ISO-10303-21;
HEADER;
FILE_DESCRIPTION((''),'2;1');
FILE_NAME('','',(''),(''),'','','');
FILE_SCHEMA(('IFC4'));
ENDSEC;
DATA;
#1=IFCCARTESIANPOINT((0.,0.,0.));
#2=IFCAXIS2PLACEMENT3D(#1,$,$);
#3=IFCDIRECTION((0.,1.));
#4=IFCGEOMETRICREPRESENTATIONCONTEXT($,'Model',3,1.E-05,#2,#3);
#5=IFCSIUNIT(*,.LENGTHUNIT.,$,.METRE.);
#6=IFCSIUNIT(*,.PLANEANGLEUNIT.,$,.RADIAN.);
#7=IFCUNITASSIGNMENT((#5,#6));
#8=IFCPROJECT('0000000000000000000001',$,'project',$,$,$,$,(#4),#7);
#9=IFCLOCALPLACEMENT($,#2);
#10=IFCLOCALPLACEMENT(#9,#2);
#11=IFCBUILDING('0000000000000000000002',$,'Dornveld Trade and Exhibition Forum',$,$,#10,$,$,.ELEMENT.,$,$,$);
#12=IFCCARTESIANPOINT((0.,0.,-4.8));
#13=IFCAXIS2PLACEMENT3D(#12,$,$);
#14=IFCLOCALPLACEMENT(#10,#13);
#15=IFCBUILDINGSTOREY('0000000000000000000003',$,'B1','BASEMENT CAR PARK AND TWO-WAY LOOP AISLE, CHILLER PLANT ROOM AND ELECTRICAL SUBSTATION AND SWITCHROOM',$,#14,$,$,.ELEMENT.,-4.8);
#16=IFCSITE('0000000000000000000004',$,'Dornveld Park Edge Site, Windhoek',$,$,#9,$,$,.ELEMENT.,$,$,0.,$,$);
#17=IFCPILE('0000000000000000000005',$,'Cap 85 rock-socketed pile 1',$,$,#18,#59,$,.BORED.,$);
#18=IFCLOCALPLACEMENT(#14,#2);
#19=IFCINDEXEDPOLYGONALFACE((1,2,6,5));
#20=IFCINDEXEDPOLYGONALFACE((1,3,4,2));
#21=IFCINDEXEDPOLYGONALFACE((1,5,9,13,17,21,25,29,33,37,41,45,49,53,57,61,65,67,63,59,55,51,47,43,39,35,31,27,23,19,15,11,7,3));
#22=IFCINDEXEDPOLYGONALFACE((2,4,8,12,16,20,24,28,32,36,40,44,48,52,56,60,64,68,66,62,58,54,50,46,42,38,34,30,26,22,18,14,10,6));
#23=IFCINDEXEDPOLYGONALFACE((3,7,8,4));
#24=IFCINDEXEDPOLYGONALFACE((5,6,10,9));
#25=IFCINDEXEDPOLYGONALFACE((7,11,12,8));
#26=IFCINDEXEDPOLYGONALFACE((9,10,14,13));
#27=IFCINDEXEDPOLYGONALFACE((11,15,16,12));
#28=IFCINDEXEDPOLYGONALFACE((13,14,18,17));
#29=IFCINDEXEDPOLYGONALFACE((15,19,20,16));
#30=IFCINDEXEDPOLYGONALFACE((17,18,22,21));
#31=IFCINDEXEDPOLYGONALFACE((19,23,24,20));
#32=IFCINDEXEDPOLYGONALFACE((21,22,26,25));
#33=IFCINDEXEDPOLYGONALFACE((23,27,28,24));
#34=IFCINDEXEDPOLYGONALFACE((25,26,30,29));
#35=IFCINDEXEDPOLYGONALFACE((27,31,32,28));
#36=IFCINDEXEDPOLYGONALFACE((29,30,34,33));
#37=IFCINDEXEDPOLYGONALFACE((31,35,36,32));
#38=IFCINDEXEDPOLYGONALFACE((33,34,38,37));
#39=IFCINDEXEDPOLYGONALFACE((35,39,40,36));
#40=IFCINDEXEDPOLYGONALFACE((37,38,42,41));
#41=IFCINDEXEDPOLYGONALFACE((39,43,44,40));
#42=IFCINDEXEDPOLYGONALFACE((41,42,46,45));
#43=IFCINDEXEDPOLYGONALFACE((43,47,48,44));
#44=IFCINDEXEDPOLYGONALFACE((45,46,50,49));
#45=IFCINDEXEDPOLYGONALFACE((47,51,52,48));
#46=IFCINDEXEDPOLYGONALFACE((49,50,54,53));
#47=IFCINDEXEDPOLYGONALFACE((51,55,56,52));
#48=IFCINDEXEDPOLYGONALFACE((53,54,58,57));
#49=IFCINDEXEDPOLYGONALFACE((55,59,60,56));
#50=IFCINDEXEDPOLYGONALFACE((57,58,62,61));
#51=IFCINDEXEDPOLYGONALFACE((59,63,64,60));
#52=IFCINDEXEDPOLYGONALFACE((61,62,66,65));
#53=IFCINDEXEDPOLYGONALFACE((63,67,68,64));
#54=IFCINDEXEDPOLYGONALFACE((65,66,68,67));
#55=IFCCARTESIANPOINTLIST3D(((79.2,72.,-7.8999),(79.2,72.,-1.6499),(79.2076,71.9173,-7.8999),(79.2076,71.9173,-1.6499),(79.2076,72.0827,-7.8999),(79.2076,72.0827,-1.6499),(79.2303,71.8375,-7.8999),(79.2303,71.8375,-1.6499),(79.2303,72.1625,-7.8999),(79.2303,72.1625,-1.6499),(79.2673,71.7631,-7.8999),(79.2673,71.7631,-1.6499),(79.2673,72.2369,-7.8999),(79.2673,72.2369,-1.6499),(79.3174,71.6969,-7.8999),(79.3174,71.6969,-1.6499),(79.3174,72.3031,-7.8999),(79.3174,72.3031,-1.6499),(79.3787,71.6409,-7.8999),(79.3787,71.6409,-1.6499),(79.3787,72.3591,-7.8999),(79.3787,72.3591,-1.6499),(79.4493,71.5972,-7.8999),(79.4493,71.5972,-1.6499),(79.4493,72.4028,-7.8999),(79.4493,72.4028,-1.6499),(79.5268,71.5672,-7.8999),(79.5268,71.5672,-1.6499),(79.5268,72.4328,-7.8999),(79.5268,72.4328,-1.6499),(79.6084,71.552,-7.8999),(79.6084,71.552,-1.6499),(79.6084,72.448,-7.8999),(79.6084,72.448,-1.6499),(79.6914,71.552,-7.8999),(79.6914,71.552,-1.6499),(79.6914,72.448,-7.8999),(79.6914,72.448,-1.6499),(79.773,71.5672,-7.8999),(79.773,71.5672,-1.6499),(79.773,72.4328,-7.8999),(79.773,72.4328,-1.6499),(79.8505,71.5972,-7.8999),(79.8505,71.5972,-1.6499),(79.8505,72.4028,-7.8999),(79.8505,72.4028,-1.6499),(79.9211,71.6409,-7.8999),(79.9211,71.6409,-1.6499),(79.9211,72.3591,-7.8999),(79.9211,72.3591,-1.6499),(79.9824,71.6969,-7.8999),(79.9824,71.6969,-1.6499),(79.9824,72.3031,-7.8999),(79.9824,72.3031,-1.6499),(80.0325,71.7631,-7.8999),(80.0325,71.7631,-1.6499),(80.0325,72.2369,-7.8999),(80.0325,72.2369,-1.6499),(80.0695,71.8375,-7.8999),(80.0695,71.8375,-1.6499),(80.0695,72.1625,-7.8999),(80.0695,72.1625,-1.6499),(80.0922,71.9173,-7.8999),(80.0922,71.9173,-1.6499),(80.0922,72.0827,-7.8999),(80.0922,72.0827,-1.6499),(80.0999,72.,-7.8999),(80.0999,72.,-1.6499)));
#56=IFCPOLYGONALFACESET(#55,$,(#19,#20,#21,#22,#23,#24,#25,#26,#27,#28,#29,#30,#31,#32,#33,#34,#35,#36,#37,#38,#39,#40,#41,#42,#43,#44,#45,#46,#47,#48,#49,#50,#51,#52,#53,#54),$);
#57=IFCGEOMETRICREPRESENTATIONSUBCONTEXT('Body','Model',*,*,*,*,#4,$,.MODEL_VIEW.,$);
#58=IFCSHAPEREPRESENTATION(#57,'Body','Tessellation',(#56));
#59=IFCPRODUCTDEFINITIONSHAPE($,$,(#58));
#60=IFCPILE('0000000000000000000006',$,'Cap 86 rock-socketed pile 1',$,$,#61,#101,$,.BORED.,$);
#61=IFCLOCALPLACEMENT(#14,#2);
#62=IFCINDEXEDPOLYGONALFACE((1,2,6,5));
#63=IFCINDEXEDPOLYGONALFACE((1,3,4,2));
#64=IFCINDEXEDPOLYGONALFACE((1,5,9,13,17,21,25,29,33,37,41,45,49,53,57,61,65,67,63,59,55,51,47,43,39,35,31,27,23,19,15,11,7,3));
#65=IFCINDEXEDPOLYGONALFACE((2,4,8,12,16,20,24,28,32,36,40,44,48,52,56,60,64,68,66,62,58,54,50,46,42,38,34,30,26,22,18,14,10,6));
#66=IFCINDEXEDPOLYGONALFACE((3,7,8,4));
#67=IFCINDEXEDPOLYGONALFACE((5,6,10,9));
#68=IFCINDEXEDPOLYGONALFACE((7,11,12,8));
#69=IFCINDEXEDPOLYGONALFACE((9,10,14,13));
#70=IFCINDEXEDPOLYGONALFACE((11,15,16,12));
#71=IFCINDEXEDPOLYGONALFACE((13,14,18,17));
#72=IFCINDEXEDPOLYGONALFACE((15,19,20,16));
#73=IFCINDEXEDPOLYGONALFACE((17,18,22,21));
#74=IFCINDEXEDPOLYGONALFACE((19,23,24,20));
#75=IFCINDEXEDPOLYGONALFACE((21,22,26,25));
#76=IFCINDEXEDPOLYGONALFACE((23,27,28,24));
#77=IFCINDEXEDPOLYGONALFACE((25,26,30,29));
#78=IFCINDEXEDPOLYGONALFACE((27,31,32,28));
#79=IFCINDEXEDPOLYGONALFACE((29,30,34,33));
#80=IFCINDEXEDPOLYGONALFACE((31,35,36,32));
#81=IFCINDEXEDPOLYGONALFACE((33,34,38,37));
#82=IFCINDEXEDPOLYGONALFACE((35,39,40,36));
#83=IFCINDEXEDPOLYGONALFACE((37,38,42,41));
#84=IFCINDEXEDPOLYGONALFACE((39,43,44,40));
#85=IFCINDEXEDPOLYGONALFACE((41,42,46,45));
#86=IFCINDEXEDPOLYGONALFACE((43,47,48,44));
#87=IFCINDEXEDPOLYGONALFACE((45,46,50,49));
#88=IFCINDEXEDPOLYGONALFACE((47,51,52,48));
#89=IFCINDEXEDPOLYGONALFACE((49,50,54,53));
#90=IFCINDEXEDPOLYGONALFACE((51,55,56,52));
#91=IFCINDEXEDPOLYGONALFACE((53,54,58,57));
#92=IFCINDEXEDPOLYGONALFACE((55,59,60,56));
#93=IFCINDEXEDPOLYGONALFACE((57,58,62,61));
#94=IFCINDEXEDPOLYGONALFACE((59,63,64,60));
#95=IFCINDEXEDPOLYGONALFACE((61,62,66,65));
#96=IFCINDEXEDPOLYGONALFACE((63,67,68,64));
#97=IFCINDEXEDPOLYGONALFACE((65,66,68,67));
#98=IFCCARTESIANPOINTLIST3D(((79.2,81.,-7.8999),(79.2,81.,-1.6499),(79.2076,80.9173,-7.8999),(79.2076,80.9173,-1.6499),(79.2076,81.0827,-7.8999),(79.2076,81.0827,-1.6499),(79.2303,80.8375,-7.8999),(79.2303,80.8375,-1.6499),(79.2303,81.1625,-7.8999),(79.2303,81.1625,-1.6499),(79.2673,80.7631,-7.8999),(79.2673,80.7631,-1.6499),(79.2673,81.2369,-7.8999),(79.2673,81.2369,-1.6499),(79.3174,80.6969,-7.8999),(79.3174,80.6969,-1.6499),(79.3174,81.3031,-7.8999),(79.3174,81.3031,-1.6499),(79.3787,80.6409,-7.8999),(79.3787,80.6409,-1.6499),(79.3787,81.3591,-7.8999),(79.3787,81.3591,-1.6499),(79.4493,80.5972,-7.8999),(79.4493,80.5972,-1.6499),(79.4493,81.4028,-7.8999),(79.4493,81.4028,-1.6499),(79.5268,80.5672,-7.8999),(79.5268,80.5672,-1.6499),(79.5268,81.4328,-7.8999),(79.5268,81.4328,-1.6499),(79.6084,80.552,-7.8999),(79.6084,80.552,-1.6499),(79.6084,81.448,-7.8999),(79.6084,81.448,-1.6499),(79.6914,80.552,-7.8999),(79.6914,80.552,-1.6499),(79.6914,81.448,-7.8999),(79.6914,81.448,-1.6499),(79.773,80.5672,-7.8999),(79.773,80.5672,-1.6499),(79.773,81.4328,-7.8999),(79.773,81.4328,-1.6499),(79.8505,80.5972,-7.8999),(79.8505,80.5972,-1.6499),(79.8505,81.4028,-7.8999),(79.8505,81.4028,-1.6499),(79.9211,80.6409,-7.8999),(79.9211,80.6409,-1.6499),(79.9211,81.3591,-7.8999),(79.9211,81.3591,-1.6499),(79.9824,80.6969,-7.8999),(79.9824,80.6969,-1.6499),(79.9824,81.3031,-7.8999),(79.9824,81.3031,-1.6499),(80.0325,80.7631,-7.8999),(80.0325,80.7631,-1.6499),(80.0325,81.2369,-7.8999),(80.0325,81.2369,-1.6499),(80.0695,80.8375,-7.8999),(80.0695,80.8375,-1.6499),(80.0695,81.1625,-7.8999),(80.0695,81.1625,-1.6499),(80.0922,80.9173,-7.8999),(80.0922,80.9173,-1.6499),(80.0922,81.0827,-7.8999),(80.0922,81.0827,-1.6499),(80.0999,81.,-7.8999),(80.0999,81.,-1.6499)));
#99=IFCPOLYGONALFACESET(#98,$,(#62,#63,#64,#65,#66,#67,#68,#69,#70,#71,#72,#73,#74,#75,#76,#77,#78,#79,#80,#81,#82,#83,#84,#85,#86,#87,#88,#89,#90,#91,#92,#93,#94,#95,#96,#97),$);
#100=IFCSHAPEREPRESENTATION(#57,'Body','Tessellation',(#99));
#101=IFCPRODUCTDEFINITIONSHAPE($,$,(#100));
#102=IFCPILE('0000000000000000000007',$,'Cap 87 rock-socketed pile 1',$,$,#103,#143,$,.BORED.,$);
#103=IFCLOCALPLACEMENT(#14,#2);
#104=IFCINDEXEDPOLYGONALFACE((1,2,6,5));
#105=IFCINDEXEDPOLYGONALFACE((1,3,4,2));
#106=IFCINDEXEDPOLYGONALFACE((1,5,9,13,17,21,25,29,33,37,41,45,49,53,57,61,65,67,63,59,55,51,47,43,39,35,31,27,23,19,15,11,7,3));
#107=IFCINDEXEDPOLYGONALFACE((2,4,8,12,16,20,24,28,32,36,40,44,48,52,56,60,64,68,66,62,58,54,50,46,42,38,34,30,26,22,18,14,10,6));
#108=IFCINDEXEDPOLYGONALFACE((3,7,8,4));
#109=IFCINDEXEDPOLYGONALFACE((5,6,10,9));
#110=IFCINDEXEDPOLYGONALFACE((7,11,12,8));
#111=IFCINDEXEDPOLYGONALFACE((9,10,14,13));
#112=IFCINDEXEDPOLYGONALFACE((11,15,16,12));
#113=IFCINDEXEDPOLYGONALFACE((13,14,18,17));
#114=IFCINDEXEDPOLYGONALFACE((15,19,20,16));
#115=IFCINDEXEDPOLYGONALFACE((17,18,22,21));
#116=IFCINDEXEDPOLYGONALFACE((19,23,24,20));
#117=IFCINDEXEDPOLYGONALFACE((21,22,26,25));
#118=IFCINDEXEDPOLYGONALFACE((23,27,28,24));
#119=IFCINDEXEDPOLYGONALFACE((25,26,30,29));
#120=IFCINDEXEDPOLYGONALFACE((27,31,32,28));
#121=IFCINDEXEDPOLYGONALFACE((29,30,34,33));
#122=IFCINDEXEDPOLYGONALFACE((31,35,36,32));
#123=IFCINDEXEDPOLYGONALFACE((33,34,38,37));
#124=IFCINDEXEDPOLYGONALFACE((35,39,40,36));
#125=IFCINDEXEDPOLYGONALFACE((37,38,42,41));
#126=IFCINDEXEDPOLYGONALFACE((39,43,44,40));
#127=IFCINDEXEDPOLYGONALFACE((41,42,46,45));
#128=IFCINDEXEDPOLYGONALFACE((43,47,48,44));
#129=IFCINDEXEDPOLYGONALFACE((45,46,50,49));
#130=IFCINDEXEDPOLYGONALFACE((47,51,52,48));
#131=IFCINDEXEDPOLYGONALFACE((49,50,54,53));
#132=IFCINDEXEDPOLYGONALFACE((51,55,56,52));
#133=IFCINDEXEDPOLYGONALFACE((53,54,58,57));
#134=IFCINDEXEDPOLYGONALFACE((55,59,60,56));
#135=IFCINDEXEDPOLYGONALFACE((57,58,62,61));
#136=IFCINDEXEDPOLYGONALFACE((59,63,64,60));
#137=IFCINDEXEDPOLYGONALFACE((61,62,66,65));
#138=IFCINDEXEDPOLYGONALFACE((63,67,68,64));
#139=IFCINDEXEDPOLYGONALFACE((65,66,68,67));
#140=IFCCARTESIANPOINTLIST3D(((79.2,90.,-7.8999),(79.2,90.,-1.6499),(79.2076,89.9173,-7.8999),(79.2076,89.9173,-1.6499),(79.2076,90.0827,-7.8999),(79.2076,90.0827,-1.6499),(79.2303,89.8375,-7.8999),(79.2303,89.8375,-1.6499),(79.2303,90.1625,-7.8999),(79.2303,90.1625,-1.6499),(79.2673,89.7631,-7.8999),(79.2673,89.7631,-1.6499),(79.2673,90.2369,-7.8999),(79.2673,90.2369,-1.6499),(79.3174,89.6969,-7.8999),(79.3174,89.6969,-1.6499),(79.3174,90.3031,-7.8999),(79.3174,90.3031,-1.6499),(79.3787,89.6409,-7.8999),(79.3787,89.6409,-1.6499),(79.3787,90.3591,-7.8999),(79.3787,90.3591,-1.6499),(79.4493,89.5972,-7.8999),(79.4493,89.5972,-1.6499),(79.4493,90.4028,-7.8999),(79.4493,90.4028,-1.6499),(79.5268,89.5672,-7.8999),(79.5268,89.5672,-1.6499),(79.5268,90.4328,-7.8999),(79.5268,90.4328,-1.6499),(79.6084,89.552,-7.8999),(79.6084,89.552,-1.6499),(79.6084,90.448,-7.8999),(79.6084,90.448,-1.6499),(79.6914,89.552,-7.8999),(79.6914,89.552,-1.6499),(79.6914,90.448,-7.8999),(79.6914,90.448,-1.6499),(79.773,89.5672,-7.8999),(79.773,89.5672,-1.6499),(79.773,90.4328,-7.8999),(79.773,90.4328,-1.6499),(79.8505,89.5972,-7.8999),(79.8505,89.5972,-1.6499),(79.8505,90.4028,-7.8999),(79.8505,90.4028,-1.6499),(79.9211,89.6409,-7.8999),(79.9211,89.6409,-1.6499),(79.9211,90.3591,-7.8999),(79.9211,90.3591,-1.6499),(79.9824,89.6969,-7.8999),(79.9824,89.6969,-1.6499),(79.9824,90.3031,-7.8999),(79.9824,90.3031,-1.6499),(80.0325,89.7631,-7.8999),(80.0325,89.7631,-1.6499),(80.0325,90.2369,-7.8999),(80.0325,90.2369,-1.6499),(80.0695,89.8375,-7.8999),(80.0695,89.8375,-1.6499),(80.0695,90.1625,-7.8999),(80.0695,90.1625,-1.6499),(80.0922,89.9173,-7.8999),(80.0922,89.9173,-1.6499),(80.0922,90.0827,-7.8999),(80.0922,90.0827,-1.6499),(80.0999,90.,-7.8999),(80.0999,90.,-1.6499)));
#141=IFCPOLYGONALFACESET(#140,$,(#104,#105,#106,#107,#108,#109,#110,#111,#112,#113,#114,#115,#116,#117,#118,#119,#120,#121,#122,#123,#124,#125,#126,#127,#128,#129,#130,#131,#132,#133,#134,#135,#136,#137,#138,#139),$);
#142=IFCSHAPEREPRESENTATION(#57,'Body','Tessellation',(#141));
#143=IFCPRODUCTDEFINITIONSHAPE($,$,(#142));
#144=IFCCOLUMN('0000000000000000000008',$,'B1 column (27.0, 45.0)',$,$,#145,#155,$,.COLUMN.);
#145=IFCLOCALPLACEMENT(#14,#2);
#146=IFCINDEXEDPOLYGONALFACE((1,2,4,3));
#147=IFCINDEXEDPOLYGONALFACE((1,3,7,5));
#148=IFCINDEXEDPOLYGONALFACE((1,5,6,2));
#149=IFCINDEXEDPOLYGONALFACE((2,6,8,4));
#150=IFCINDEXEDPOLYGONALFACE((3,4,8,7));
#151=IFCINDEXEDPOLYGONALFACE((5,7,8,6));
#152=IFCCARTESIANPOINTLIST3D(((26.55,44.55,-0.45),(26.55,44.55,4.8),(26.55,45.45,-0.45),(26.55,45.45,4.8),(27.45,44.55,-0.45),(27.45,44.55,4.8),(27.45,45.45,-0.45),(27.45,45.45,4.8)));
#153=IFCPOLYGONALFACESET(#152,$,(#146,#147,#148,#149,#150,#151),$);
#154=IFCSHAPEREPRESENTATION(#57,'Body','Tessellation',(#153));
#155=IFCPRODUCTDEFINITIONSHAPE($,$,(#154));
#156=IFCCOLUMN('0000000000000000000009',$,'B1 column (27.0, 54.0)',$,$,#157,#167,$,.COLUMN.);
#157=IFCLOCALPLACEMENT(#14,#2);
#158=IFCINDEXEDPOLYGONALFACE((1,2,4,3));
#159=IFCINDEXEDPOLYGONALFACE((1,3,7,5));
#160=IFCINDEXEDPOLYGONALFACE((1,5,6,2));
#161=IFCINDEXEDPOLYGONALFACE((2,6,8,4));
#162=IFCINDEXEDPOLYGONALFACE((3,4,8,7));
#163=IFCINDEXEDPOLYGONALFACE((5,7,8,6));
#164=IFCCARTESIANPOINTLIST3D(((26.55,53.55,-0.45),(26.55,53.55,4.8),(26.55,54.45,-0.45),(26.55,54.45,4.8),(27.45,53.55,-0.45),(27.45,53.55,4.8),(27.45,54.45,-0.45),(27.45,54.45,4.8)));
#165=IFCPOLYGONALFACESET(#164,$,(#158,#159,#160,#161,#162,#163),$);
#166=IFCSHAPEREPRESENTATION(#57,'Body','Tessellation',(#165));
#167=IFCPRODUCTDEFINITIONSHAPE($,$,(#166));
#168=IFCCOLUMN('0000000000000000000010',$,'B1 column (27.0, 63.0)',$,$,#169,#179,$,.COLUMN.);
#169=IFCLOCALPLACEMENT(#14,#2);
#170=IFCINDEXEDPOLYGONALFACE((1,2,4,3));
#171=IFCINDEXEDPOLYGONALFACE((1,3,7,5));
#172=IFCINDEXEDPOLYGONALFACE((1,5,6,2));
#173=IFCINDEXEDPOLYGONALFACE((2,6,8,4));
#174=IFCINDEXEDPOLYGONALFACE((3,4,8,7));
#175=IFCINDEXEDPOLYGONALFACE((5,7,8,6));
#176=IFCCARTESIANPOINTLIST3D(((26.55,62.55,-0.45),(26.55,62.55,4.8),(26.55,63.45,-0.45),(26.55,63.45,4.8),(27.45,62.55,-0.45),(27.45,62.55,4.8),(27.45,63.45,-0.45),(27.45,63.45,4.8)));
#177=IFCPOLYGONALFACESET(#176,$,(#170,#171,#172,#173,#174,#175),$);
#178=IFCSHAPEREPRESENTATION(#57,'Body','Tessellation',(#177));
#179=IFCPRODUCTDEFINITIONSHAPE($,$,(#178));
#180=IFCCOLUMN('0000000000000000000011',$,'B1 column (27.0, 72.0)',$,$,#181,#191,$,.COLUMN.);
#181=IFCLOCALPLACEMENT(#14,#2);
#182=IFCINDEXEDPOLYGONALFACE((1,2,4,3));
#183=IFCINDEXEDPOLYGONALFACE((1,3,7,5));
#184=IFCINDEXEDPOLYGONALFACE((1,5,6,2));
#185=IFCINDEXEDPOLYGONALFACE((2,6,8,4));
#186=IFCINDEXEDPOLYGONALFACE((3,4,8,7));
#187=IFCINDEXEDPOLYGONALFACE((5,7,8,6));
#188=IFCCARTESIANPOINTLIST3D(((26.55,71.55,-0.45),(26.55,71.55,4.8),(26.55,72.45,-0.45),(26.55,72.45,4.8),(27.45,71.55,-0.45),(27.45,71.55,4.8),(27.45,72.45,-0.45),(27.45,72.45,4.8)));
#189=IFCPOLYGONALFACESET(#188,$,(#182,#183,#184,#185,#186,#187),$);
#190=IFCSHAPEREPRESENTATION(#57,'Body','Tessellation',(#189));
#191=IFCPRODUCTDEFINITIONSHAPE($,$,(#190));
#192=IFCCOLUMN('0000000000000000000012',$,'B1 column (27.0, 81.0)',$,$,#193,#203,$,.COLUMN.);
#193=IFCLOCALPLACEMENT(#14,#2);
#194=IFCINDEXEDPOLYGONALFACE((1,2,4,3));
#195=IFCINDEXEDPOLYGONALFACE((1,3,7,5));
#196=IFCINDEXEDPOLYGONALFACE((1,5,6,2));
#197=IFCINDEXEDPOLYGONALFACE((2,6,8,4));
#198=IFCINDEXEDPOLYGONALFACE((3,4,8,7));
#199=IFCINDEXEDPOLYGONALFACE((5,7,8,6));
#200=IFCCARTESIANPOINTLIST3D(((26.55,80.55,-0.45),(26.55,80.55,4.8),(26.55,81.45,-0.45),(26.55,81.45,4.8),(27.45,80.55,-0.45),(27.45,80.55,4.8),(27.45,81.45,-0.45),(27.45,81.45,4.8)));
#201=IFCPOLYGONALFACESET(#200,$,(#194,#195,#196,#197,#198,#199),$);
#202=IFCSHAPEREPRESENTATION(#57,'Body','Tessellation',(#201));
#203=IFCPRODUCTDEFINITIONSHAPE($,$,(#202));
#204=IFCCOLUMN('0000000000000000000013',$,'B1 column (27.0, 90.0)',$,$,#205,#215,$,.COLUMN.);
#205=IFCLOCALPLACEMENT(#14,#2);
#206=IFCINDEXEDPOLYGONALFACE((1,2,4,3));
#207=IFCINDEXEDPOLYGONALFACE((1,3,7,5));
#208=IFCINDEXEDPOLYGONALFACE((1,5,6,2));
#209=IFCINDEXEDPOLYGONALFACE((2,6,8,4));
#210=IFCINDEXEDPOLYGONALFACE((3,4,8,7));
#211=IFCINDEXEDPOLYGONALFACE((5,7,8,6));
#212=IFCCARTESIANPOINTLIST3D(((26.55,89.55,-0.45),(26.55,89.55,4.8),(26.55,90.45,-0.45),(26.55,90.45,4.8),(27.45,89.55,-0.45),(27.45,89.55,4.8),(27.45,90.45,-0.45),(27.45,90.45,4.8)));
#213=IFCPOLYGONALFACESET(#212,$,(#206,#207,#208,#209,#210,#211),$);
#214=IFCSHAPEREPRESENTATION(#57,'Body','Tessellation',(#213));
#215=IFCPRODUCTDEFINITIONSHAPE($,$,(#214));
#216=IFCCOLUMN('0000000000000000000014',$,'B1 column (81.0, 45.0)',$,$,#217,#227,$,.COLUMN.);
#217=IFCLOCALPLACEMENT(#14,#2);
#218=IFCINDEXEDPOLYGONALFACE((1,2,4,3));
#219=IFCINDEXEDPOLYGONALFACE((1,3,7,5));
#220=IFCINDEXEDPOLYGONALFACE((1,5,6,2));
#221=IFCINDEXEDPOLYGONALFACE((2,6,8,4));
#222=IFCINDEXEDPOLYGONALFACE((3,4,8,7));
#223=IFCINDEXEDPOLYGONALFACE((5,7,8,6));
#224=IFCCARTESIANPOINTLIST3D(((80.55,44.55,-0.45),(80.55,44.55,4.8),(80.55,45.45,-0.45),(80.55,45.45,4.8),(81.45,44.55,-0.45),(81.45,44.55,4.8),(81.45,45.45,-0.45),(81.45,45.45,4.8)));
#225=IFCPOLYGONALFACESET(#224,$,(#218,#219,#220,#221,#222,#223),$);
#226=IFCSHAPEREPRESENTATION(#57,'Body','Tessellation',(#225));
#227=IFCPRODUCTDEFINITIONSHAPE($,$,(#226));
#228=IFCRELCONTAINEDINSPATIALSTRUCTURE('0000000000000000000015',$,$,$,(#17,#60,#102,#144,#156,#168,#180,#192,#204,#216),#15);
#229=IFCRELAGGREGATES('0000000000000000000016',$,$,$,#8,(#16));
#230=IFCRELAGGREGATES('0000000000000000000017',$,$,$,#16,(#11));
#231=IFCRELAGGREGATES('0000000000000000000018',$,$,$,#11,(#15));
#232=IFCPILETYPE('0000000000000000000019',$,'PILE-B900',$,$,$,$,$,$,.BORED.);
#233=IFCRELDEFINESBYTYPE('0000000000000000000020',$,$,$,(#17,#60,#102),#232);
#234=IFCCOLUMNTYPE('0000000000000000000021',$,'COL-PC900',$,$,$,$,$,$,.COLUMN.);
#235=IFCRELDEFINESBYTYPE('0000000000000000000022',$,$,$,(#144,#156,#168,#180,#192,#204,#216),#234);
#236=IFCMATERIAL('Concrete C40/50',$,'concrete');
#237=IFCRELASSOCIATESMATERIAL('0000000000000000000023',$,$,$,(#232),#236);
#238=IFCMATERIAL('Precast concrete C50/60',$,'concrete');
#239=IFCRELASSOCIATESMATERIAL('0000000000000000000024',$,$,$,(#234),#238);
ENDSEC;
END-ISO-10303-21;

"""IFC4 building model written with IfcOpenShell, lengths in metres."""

from ifc_helpers import new_model, si_unit, direction, frame, origin, origin_2d, place, context, subcontext, project, spatial, rectangle, circle, extrude, material, material_profile, profile_set, type_object, element, save


model = new_model("IFC4")

# Units and contexts
model_context = context("Model", 3, precision=1e-05, world=origin(), true_north=direction((0.0, 1.0)))
body_context = subcontext(model_context, "Body", "Model", "MODEL_VIEW")
ifc_project = project(units=[si_unit("LENGTHUNIT", "METRE"), si_unit("PLANEANGLEUNIT", "RADIAN")], contexts=[model_context])

# Site, building, storey
site_placement = place(None, origin())
site = spatial("IfcSite", under=ifc_project, at=site_placement, Name="Dornveld Park Edge Site, Windhoek", CompositionType="ELEMENT", RefElevation=0.0)
building_placement = place(site_placement, origin())
building = spatial("IfcBuilding", under=site, at=building_placement, Name="Dornveld Trade and Exhibition Forum", CompositionType="ELEMENT")
storey_placement = place(building_placement, frame((0.0, 0.0, -4.8)))
storey = spatial("IfcBuildingStorey", under=building, at=storey_placement, Name="B1", Description="BASEMENT CAR PARK AND TWO-WAY LOOP AISLE, CHILLER PLANT ROOM AND ELECTRICAL SUBSTATION AND SWITCHROOM", CompositionType="ELEMENT", Elevation=-4.8)

# Piles
ifc_material_1 = material(Name="Concrete C40/50", Category="concrete")
ifc_material_profile_1 = material_profile(ifc_material_1, circle(Radius=0.45, at=origin_2d()), Name="PILE D900")
ifc_profile_set_1 = profile_set([ifc_material_profile_1], Name="Concrete C40/50")
pile_type_1 = type_object("IfcPileType", Name="PILE-B900", PredefinedType="BORED", material=ifc_profile_set_1)
for number, where, z_axis, x_axis, name in (
    (1, (79.6499, 72.0, -1.6499), (0.0, 0.0, -1.0), (1.0, 0.0, 0.0), "Cap 85 rock-socketed pile 1"),
    (2, (79.6499, 81.0, -1.6499), (0.0, 0.0, -1.0), (1.0, 0.0, 0.0), "Cap 86 rock-socketed pile 1"),
    (3, (79.6499, 90.0, -1.6499), (0.0, 0.0, -1.0), (1.0, 0.0, 0.0), "Cap 87 rock-socketed pile 1"),
):
    element("IfcPile", number, at=place(storey_placement, frame(where, z_axis=z_axis, x_axis=x_axis)), inside=storey, type_object=pile_type_1, Name=name, PredefinedType="BORED", context=body_context, shape_type="SweptSolid", body=[
        extrude(circle(Radius=0.45, at=origin_2d()), origin(), (0.0, 0.0, 1.0), 6.25),
    ])

# Columns
ifc_material_2 = material(Name="Precast concrete C50/60", Category="concrete")
ifc_material_profile_2 = material_profile(ifc_material_2, rectangle(XDim=0.8999, YDim=0.8999, at=origin_2d()), Name="PC-COL 900x900")
ifc_profile_set_2 = profile_set([ifc_material_profile_2], Name="Precast concrete C50/60")
column_type = type_object("IfcColumnType", Name="COL-PC900", PredefinedType="COLUMN", material=ifc_profile_set_2)
for number, where, z_axis, x_axis, name in (
    (4, (27.0, 45.0, -0.45), (0.0, 0.0, 1.0), (1.0, 0.0, 0.0), "B1 column (27.0, 45.0)"),
    (5, (27.0, 54.0, -0.45), (0.0, 0.0, 1.0), (1.0, 0.0, 0.0), "B1 column (27.0, 54.0)"),
    (6, (27.0, 63.0, -0.45), (0.0, 0.0, 1.0), (1.0, 0.0, 0.0), "B1 column (27.0, 63.0)"),
    (7, (27.0, 72.0, -0.45), (0.0, 0.0, 1.0), (1.0, 0.0, 0.0), "B1 column (27.0, 72.0)"),
    (8, (27.0, 81.0, -0.45), (0.0, 0.0, 1.0), (1.0, 0.0, 0.0), "B1 column (27.0, 81.0)"),
    (9, (27.0, 90.0, -0.45), (0.0, 0.0, 1.0), (1.0, 0.0, 0.0), "B1 column (27.0, 90.0)"),
    (10, (81.0, 45.0, -0.45), (0.0, 0.0, 1.0), (1.0, 0.0, 0.0), "B1 column (81.0, 45.0)"),
):
    element("IfcColumn", number, at=place(storey_placement, frame(where, z_axis=z_axis, x_axis=x_axis)), inside=storey, type_object=column_type, Name=name, PredefinedType="COLUMN", context=body_context, shape_type="SweptSolid", body=[
        extrude(rectangle(XDim=0.8999, YDim=0.8999, at=origin_2d()), origin(), (0.0, 0.0, 1.0), 5.25),
    ])

save(model, "model.ifc")
